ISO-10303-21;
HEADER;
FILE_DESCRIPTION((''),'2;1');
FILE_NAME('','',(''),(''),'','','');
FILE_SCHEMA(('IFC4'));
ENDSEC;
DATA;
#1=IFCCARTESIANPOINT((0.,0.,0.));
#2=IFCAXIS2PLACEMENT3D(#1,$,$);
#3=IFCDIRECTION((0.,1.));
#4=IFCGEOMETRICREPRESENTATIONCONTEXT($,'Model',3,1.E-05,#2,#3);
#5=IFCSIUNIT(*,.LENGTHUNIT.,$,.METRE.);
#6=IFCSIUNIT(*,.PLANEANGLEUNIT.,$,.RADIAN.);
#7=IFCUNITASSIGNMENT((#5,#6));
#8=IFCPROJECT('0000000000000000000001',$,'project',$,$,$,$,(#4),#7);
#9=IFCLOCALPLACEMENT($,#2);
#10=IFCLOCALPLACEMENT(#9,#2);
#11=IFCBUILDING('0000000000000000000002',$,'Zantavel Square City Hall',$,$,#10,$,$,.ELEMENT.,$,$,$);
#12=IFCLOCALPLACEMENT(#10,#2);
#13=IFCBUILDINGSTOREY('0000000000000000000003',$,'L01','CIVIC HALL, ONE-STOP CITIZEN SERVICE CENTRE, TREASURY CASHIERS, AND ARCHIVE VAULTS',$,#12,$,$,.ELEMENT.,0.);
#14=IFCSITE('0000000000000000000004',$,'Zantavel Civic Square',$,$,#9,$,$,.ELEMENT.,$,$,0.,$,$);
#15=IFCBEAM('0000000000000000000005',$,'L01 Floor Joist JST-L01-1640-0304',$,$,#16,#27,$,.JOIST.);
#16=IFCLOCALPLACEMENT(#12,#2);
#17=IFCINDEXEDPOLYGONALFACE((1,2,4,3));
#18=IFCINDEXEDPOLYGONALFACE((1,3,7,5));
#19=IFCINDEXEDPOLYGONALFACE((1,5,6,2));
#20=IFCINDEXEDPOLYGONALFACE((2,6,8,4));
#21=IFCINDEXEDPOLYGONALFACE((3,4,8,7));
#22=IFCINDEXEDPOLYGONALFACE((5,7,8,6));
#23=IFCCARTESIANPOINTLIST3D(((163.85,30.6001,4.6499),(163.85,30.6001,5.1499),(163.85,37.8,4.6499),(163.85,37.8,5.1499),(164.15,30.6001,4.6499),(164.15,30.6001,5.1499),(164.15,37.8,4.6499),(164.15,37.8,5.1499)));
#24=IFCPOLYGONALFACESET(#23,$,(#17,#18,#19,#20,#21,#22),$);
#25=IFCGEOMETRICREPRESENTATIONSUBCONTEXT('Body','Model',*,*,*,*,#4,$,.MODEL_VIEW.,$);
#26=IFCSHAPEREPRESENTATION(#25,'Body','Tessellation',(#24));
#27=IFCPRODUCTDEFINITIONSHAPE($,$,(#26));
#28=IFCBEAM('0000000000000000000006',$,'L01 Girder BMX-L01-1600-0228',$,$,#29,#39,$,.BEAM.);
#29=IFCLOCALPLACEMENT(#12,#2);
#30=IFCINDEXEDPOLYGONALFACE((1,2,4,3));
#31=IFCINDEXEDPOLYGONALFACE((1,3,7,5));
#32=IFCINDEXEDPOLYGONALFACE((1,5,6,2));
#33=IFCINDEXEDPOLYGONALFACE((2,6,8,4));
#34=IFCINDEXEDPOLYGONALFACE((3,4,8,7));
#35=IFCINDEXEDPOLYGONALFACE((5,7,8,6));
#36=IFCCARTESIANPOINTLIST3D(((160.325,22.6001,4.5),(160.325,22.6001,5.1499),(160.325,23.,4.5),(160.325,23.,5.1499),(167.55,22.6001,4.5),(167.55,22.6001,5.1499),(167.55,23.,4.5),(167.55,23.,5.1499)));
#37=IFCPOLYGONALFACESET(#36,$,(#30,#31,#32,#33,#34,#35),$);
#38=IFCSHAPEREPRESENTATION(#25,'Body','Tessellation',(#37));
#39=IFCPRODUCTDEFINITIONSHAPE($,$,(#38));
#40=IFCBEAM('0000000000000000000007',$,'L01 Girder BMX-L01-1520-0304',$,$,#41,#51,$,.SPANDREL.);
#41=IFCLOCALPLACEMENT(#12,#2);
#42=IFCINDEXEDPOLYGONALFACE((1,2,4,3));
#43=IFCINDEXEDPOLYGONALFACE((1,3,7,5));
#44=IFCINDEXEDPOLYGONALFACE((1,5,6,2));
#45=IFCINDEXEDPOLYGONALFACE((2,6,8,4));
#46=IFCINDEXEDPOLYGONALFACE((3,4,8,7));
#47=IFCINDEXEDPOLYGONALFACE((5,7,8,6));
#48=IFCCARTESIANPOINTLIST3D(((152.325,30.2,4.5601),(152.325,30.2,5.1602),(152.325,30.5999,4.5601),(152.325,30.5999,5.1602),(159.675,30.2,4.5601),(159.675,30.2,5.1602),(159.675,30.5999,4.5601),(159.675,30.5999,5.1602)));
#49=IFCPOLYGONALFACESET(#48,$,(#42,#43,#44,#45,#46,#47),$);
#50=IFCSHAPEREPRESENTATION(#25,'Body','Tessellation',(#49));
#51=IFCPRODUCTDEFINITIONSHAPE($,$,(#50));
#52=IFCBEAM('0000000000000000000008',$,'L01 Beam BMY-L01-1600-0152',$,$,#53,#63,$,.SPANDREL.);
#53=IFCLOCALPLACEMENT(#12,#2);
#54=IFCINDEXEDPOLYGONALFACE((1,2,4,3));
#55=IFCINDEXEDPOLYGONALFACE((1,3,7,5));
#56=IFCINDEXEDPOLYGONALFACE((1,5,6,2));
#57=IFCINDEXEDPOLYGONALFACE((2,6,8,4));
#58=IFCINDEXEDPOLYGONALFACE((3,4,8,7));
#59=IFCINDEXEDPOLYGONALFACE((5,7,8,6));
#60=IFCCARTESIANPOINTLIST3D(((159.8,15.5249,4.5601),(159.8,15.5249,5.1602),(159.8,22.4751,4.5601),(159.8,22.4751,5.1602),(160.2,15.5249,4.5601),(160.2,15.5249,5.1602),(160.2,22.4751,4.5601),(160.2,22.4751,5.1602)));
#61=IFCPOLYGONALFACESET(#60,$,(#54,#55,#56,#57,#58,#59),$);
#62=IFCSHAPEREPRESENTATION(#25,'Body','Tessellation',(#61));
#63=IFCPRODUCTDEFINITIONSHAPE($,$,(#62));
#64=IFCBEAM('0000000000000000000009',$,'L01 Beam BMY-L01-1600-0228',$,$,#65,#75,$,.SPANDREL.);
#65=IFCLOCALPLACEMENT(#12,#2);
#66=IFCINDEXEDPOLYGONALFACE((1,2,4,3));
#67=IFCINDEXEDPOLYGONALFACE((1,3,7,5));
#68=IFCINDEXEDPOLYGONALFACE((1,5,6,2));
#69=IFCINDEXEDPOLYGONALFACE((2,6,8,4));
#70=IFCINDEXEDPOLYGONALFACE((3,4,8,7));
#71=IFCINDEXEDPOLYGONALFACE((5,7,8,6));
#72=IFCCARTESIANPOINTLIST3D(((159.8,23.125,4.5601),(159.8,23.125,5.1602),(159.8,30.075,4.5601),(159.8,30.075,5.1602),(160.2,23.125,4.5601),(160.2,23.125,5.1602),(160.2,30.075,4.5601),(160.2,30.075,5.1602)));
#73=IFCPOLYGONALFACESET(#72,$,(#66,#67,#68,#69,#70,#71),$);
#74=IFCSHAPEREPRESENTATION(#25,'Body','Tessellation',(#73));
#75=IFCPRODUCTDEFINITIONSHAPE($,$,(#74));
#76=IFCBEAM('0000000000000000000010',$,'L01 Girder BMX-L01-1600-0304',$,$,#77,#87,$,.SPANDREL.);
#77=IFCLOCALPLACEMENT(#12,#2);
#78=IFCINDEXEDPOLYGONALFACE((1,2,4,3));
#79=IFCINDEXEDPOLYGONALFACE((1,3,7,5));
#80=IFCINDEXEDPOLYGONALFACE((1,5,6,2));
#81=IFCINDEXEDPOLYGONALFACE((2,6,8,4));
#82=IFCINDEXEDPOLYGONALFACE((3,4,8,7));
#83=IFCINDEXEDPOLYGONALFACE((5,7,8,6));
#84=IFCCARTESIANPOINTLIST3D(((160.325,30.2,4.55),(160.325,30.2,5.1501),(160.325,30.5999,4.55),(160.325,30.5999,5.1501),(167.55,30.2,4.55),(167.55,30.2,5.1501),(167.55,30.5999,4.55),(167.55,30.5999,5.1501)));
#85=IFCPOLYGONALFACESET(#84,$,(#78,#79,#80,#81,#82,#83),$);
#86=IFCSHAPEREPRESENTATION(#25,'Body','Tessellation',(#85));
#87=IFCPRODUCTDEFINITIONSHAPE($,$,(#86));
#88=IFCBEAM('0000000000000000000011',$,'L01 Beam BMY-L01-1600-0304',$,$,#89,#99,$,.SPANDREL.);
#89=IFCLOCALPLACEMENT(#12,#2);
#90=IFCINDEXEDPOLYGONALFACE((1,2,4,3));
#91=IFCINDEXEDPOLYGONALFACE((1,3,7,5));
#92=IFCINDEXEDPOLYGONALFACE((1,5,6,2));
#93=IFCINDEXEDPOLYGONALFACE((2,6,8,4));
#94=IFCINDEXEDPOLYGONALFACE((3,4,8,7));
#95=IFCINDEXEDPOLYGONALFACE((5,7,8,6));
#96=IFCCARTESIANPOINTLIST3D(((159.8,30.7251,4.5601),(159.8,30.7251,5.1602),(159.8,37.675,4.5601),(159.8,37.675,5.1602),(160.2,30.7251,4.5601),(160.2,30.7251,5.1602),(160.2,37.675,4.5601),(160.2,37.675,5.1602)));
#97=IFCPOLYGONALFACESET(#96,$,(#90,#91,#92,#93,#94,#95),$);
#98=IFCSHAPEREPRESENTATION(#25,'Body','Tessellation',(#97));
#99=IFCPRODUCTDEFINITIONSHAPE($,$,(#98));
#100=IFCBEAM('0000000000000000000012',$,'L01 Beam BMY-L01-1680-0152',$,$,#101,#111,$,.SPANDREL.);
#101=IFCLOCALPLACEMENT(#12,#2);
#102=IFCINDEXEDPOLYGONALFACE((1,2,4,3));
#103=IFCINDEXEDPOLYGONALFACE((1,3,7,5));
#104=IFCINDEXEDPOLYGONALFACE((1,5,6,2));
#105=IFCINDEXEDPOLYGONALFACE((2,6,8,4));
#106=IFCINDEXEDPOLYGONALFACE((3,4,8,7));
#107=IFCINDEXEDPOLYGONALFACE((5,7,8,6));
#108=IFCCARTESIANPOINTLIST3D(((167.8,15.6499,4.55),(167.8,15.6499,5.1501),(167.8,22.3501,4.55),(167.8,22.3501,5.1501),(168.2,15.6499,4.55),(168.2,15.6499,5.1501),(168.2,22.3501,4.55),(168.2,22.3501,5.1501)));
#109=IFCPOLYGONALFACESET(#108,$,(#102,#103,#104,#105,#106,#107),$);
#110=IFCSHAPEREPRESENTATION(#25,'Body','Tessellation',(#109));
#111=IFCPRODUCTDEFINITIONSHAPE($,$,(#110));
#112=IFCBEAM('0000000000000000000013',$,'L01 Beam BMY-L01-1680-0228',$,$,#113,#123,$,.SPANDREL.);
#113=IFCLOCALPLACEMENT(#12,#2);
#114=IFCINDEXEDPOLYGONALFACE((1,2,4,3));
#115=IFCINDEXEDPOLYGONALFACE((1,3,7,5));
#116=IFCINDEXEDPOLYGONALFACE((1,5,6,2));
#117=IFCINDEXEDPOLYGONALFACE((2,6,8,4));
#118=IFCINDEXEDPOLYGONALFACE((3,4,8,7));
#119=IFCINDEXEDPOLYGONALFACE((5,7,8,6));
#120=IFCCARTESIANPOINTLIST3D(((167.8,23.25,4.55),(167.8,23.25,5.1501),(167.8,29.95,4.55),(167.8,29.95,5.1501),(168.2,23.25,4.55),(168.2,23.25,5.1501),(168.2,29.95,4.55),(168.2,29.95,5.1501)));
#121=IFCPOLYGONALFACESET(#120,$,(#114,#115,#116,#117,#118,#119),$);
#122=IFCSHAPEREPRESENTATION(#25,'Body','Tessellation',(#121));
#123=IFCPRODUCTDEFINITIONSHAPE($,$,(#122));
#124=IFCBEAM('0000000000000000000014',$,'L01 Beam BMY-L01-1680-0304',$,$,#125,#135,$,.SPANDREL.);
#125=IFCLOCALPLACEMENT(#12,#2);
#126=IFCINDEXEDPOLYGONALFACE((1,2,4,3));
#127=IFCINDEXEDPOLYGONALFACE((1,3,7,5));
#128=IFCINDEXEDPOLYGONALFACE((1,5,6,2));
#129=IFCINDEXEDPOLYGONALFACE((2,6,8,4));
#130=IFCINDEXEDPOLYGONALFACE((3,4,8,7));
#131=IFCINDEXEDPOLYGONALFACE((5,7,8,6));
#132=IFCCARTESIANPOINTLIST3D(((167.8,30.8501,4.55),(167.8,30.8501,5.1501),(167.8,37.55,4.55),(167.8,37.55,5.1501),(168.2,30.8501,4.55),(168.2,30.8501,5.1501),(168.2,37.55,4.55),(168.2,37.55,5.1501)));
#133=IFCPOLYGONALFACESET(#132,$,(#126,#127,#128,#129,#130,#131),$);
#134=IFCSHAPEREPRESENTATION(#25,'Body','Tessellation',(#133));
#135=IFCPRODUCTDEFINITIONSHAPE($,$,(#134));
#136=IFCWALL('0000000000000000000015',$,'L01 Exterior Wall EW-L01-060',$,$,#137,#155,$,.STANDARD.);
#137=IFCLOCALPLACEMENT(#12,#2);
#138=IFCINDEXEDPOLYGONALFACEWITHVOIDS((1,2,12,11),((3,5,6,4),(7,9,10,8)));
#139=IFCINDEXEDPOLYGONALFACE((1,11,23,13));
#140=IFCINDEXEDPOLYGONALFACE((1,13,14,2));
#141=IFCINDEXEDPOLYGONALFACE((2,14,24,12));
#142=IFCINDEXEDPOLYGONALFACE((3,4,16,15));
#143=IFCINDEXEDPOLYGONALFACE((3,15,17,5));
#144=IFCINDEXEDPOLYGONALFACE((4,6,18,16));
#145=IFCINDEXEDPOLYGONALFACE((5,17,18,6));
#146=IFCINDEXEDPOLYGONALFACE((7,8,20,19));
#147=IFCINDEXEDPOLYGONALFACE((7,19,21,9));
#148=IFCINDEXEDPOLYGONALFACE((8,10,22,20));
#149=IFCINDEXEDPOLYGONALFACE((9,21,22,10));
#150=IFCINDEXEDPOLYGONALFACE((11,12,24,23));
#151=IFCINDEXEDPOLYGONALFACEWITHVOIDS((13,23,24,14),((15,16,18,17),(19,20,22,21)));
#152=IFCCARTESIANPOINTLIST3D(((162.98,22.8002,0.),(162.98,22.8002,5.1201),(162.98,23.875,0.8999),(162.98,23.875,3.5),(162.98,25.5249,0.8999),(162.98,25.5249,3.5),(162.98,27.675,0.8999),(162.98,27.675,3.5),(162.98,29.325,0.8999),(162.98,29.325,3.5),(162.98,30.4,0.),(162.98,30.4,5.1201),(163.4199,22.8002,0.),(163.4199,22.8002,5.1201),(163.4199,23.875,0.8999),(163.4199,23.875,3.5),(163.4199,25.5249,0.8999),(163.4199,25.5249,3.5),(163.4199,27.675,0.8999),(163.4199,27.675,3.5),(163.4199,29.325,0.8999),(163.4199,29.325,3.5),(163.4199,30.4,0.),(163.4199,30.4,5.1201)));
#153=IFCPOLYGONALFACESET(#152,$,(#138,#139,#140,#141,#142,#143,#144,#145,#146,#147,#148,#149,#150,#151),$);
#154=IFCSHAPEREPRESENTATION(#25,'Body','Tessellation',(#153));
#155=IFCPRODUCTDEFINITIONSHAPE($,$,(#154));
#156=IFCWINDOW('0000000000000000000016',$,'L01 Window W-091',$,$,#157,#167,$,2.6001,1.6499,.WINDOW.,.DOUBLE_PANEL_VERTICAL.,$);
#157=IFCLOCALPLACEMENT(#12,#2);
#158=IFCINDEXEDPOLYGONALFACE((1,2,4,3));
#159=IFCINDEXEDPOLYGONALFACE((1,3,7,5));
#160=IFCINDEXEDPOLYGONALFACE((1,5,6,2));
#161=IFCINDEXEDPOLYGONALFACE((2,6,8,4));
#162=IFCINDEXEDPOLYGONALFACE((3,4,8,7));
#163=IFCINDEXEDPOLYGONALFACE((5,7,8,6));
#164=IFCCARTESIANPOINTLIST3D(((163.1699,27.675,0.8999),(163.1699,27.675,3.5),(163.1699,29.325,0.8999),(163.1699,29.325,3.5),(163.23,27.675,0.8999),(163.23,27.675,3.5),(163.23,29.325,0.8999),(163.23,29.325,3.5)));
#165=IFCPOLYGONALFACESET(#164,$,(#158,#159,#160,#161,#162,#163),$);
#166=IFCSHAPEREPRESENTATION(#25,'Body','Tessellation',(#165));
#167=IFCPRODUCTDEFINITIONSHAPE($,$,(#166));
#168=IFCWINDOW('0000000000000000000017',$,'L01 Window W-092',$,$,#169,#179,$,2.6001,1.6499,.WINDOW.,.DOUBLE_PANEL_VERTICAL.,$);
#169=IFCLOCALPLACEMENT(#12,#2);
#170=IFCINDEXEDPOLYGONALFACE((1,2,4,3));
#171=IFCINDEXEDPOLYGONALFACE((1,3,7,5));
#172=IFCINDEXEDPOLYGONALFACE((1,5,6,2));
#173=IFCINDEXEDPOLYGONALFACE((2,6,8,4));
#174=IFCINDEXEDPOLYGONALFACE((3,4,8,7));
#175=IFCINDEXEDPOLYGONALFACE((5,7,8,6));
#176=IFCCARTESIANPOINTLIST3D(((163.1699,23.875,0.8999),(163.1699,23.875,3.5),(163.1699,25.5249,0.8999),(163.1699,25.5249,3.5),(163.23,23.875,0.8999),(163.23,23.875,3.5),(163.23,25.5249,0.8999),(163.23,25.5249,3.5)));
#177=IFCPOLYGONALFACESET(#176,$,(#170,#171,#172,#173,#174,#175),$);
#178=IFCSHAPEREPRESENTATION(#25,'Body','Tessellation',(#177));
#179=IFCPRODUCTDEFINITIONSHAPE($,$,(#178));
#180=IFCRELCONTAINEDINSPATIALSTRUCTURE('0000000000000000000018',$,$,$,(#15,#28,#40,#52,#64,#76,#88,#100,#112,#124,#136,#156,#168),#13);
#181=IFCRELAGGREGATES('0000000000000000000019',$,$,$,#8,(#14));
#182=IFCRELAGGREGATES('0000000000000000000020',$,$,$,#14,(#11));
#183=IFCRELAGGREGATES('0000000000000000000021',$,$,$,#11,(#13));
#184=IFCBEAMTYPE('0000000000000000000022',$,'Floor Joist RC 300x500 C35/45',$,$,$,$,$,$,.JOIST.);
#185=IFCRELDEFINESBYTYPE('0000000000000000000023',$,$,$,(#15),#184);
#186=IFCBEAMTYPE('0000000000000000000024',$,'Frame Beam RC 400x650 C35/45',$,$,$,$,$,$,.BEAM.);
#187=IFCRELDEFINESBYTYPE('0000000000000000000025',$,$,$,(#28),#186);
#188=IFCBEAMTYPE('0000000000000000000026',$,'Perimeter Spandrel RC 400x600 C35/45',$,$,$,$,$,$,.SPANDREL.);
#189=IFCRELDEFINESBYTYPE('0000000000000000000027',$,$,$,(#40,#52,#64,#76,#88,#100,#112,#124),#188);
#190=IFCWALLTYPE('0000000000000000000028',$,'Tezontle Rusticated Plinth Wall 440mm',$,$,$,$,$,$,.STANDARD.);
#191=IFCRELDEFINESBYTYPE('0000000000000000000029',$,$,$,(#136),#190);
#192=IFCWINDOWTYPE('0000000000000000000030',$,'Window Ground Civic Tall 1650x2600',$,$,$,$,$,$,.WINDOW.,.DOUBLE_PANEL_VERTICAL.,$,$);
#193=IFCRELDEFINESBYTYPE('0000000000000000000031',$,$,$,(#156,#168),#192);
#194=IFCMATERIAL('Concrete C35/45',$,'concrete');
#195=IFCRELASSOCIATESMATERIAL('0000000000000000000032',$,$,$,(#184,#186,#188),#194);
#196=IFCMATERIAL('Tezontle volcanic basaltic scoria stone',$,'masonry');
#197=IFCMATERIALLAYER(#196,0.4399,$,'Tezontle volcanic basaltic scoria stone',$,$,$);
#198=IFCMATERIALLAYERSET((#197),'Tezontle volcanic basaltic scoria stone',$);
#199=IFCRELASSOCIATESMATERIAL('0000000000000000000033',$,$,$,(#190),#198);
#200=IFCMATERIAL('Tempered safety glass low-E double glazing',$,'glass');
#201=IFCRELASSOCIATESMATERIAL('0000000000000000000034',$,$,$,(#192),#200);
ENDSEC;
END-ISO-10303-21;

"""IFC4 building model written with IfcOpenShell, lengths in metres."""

from ifc_helpers import new_model, si_unit, direction, frame, frame_2d, origin, origin_2d, place, context, subcontext, project, spatial, rectangle, extrude, material, layer, layer_set, material_profile, profile_set, type_object, element, fill, save


model = new_model("IFC4")

# Units and contexts
model_context = context("Model", 3, precision=1e-05, world=origin(), true_north=direction((0.0, 1.0)))
body_context = subcontext(model_context, "Body", "Model", "MODEL_VIEW")
ifc_project = project(units=[si_unit("LENGTHUNIT", "METRE"), si_unit("PLANEANGLEUNIT", "RADIAN")], contexts=[model_context])

# Site, building, storey
site_placement = place(None, origin())
site = spatial("IfcSite", under=ifc_project, at=site_placement, Name="Zantavel Civic Square", CompositionType="ELEMENT", RefElevation=0.0)
building_placement = place(site_placement, origin())
building = spatial("IfcBuilding", under=site, at=building_placement, Name="Zantavel Square City Hall", CompositionType="ELEMENT")
storey_placement = place(building_placement, origin())
storey = spatial("IfcBuildingStorey", under=building, at=storey_placement, Name="L01", Description="CIVIC HALL, ONE-STOP CITIZEN SERVICE CENTRE, TREASURY CASHIERS, AND ARCHIVE VAULTS", CompositionType="ELEMENT", Elevation=0.0)

# Beams
ifc_material_1 = material(Name="Concrete C35/45", Category="concrete")
ifc_material_profile_1 = material_profile(ifc_material_1, rectangle(XDim=0.3, YDim=0.5, at=origin_2d()), Name="RC 300x500")
ifc_profile_set_1 = profile_set([ifc_material_profile_1], Name="Concrete C35/45")
beam_type_1 = type_object("IfcBeamType", Name="Floor Joist RC 300x500 C35/45", PredefinedType="JOIST", material=ifc_profile_set_1)
for number, where, z_axis, x_axis, name in (
    (1, (164.0, 30.6001, 4.8999), (0.0, 1.0, 0.0), (-1.0, 0.0, 0.0), "L01 Floor Joist JST-L01-1640-0304"),
):
    element("IfcBeam", number, at=place(storey_placement, frame(where, z_axis=z_axis, x_axis=x_axis)), inside=storey, type_object=beam_type_1, Name=name, PredefinedType="JOIST", context=body_context, shape_type="SweptSolid", body=[
        extrude(rectangle(XDim=0.3, YDim=0.5, at=origin_2d()), origin(), (0.0, 0.0, 1.0), 7.2),
    ])
ifc_material_profile_2 = material_profile(ifc_material_1, rectangle(XDim=0.3999, YDim=0.6499, at=origin_2d()), Name="RC 400x650")
ifc_profile_set_2 = profile_set([ifc_material_profile_2], Name="Concrete C35/45")
beam_type_2 = type_object("IfcBeamType", Name="Frame Beam RC 400x650 C35/45", PredefinedType="BEAM", material=ifc_profile_set_2)
beam_1_placement = place(storey_placement, frame((160.325, 22.8, 4.825), z_axis=(1.0, 0.0, 0.0), x_axis=(0.0, 1.0, 0.0)))
element("IfcBeam", 2, at=beam_1_placement, inside=storey, type_object=beam_type_2, Name="L01 Girder BMX-L01-1600-0228", PredefinedType="BEAM", context=body_context, shape_type="SweptSolid", body=[
    extrude(rectangle(XDim=0.3999, YDim=0.6499, at=origin_2d()), origin(), (0.0, 0.0, 1.0), 7.2251),
])
ifc_material_profile_3 = material_profile(ifc_material_1, rectangle(XDim=0.3999, YDim=0.6001, at=origin_2d()), Name="RC 400x600")
ifc_profile_set_3 = profile_set([ifc_material_profile_3], Name="Concrete C35/45")
beam_type_3 = type_object("IfcBeamType", Name="Perimeter Spandrel RC 400x600 C35/45", PredefinedType="SPANDREL", material=ifc_profile_set_3)
beam_2_placement = place(storey_placement, frame((152.325, 30.3999, 4.8601), z_axis=(1.0, 0.0, 0.0), x_axis=(0.0, 1.0, 0.0)))
element("IfcBeam", 3, at=beam_2_placement, inside=storey, type_object=beam_type_3, Name="L01 Girder BMX-L01-1520-0304", PredefinedType="SPANDREL", context=body_context, shape_type="SweptSolid", body=[
    extrude(rectangle(XDim=0.3999, YDim=0.6001, at=origin_2d()), origin(), (0.0, 0.0, 1.0), 7.3501),
])
beam_3_placement = place(storey_placement, frame((160.0, 15.5249, 4.8601), z_axis=(0.0, 1.0, 0.0), x_axis=(-1.0, 0.0, 0.0)))
element("IfcBeam", 4, at=beam_3_placement, inside=storey, type_object=beam_type_3, Name="L01 Beam BMY-L01-1600-0152", PredefinedType="SPANDREL", context=body_context, shape_type="SweptSolid", body=[
    extrude(rectangle(XDim=0.3999, YDim=0.6001, at=origin_2d()), origin(), (0.0, 0.0, 1.0), 6.9502),
])
beam_4_placement = place(storey_placement, frame((160.0, 23.125, 4.8601), z_axis=(0.0, 1.0, 0.0), x_axis=(-1.0, 0.0, 0.0)))
element("IfcBeam", 5, at=beam_4_placement, inside=storey, type_object=beam_type_3, Name="L01 Beam BMY-L01-1600-0228", PredefinedType="SPANDREL", context=body_context, shape_type="SweptSolid", body=[
    extrude(rectangle(XDim=0.3999, YDim=0.6001, at=origin_2d()), origin(), (0.0, 0.0, 1.0), 6.95),
])
beam_5_placement = place(storey_placement, frame((160.325, 30.3999, 4.8501), z_axis=(1.0, 0.0, 0.0), x_axis=(0.0, 1.0, 0.0)))
element("IfcBeam", 6, at=beam_5_placement, inside=storey, type_object=beam_type_3, Name="L01 Girder BMX-L01-1600-0304", PredefinedType="SPANDREL", context=body_context, shape_type="SweptSolid", body=[
    extrude(rectangle(XDim=0.3999, YDim=0.6001, at=origin_2d()), origin(), (0.0, 0.0, 1.0), 7.2251),
])
beam_6_placement = place(storey_placement, frame((160.0, 30.7251, 4.8601), z_axis=(0.0, 1.0, 0.0), x_axis=(-1.0, 0.0, 0.0)))
element("IfcBeam", 7, at=beam_6_placement, inside=storey, type_object=beam_type_3, Name="L01 Beam BMY-L01-1600-0304", PredefinedType="SPANDREL", context=body_context, shape_type="SweptSolid", body=[
    extrude(rectangle(XDim=0.3999, YDim=0.6001, at=origin_2d()), origin(), (0.0, 0.0, 1.0), 6.95),
])
beam_7_placement = place(storey_placement, frame((168.0, 15.6499, 4.8501), z_axis=(0.0, 1.0, 0.0), x_axis=(-1.0, 0.0, 0.0)))
element("IfcBeam", 8, at=beam_7_placement, inside=storey, type_object=beam_type_3, Name="L01 Beam BMY-L01-1680-0152", PredefinedType="SPANDREL", context=body_context, shape_type="SweptSolid", body=[
    extrude(rectangle(XDim=0.3999, YDim=0.6001, at=origin_2d()), origin(), (0.0, 0.0, 1.0), 6.7002),
])
for number, where, z_axis, x_axis, name in (
    (9, (168.0, 23.25, 4.8501), (0.0, 1.0, 0.0), (-1.0, 0.0, 0.0), "L01 Beam BMY-L01-1680-0228"),
    (10, (168.0, 30.8501, 4.8501), (0.0, 1.0, 0.0), (-1.0, 0.0, 0.0), "L01 Beam BMY-L01-1680-0304"),
):
    element("IfcBeam", number, at=place(storey_placement, frame(where, z_axis=z_axis, x_axis=x_axis)), inside=storey, type_object=beam_type_3, Name=name, PredefinedType="SPANDREL", context=body_context, shape_type="SweptSolid", body=[
        extrude(rectangle(XDim=0.3999, YDim=0.6001, at=origin_2d()), origin(), (0.0, 0.0, 1.0), 6.7),
    ])

# Wall, openings, windows
ifc_material_2 = material(Name="Tezontle volcanic basaltic scoria stone", Category="masonry")
ifc_layer = layer(ifc_material_2, 0.4399, Name="Tezontle volcanic basaltic scoria stone")
ifc_layer_set = layer_set([ifc_layer], Name="Tezontle volcanic basaltic scoria stone")
wall_type = type_object("IfcWallType", Name="Tezontle Rusticated Plinth Wall 440mm", PredefinedType="STANDARD", material=ifc_layer_set)
wall_1_placement = place(storey_placement, frame((163.2, 30.3999, 0.0), z_axis=(0.0, 0.0, 1.0), x_axis=(0.0, -1.0, 0.0)))
wall_1 = element("IfcWall", 11, at=wall_1_placement, inside=storey, type_object=wall_type, Name="L01 Exterior Wall EW-L01-060", PredefinedType="STANDARD", context=body_context, shape_type="SweptSolid", body=[
    extrude(rectangle(XDim=7.5999, YDim=0.4399, at=frame_2d((3.7998, 0.0))), origin(), (0.0, 0.0, 1.0), 5.1201),
])
opening_1_placement = place(wall_1_placement, frame((1.075, 0.0, 0.8999)))
opening_1 = element("IfcOpeningElement", 12, at=opening_1_placement, cuts=wall_1, PredefinedType="OPENING", context=body_context, shape_type="SweptSolid", body=[
    extrude(rectangle(XDim=1.6499, YDim=2.6001, at=frame_2d((0.825, 1.3))), frame((0.0, 0.23, 0.0), z_axis=(0.0, -1.0, 0.0), x_axis=(1.0, 0.0, 0.0)), (0.0, 0.0, 1.0), 0.46),
])
opening_2_placement = place(wall_1_placement, frame((4.875, 0.0, 0.8999)))
opening_2 = element("IfcOpeningElement", 13, at=opening_2_placement, cuts=wall_1, PredefinedType="OPENING", context=body_context, shape_type="SweptSolid", body=[
    extrude(rectangle(XDim=1.6499, YDim=2.6001, at=frame_2d((0.825, 1.3))), frame((0.0, 0.23, 0.0), z_axis=(0.0, -1.0, 0.0), x_axis=(1.0, 0.0, 0.0)), (0.0, 0.0, 1.0), 0.46),
])
ifc_material_3 = material(Name="Tempered safety glass low-E double glazing", Category="glass")
window_type = type_object("IfcWindowType", Name="Window Ground Civic Tall 1650x2600", PartitioningType="DOUBLE_PANEL_VERTICAL", PredefinedType="WINDOW", material=ifc_material_3)
window_1_placement = place(opening_1_placement, origin())
window_1 = element("IfcWindow", 14, at=window_1_placement, inside=storey, type_object=window_type, Name="L01 Window W-091", OverallHeight=2.6001, OverallWidth=1.6499, PartitioningType="DOUBLE_PANEL_VERTICAL", PredefinedType="WINDOW", context=body_context, shape_type="SweptSolid", body=[
    extrude(rectangle(XDim=1.6499, YDim=2.6001, at=frame_2d((0.825, 1.3))), frame((0.0, 0.03, 0.0), z_axis=(0.0, -1.0, 0.0), x_axis=(1.0, 0.0, 0.0)), (0.0, 0.0, 1.0), 0.0601),
])
fill(opening_1, window_1)
window_2_placement = place(opening_2_placement, origin())
window_2 = element("IfcWindow", 15, at=window_2_placement, inside=storey, type_object=window_type, Name="L01 Window W-092", OverallHeight=2.6001, OverallWidth=1.6499, PartitioningType="DOUBLE_PANEL_VERTICAL", PredefinedType="WINDOW", context=body_context, shape_type="SweptSolid", body=[
    extrude(rectangle(XDim=1.6499, YDim=2.6001, at=frame_2d((0.825, 1.3))), frame((0.0, 0.03, 0.0), z_axis=(0.0, -1.0, 0.0), x_axis=(1.0, 0.0, 0.0)), (0.0, 0.0, 1.0), 0.0601),
])
fill(opening_2, window_2)

save(model, "model.ifc")
